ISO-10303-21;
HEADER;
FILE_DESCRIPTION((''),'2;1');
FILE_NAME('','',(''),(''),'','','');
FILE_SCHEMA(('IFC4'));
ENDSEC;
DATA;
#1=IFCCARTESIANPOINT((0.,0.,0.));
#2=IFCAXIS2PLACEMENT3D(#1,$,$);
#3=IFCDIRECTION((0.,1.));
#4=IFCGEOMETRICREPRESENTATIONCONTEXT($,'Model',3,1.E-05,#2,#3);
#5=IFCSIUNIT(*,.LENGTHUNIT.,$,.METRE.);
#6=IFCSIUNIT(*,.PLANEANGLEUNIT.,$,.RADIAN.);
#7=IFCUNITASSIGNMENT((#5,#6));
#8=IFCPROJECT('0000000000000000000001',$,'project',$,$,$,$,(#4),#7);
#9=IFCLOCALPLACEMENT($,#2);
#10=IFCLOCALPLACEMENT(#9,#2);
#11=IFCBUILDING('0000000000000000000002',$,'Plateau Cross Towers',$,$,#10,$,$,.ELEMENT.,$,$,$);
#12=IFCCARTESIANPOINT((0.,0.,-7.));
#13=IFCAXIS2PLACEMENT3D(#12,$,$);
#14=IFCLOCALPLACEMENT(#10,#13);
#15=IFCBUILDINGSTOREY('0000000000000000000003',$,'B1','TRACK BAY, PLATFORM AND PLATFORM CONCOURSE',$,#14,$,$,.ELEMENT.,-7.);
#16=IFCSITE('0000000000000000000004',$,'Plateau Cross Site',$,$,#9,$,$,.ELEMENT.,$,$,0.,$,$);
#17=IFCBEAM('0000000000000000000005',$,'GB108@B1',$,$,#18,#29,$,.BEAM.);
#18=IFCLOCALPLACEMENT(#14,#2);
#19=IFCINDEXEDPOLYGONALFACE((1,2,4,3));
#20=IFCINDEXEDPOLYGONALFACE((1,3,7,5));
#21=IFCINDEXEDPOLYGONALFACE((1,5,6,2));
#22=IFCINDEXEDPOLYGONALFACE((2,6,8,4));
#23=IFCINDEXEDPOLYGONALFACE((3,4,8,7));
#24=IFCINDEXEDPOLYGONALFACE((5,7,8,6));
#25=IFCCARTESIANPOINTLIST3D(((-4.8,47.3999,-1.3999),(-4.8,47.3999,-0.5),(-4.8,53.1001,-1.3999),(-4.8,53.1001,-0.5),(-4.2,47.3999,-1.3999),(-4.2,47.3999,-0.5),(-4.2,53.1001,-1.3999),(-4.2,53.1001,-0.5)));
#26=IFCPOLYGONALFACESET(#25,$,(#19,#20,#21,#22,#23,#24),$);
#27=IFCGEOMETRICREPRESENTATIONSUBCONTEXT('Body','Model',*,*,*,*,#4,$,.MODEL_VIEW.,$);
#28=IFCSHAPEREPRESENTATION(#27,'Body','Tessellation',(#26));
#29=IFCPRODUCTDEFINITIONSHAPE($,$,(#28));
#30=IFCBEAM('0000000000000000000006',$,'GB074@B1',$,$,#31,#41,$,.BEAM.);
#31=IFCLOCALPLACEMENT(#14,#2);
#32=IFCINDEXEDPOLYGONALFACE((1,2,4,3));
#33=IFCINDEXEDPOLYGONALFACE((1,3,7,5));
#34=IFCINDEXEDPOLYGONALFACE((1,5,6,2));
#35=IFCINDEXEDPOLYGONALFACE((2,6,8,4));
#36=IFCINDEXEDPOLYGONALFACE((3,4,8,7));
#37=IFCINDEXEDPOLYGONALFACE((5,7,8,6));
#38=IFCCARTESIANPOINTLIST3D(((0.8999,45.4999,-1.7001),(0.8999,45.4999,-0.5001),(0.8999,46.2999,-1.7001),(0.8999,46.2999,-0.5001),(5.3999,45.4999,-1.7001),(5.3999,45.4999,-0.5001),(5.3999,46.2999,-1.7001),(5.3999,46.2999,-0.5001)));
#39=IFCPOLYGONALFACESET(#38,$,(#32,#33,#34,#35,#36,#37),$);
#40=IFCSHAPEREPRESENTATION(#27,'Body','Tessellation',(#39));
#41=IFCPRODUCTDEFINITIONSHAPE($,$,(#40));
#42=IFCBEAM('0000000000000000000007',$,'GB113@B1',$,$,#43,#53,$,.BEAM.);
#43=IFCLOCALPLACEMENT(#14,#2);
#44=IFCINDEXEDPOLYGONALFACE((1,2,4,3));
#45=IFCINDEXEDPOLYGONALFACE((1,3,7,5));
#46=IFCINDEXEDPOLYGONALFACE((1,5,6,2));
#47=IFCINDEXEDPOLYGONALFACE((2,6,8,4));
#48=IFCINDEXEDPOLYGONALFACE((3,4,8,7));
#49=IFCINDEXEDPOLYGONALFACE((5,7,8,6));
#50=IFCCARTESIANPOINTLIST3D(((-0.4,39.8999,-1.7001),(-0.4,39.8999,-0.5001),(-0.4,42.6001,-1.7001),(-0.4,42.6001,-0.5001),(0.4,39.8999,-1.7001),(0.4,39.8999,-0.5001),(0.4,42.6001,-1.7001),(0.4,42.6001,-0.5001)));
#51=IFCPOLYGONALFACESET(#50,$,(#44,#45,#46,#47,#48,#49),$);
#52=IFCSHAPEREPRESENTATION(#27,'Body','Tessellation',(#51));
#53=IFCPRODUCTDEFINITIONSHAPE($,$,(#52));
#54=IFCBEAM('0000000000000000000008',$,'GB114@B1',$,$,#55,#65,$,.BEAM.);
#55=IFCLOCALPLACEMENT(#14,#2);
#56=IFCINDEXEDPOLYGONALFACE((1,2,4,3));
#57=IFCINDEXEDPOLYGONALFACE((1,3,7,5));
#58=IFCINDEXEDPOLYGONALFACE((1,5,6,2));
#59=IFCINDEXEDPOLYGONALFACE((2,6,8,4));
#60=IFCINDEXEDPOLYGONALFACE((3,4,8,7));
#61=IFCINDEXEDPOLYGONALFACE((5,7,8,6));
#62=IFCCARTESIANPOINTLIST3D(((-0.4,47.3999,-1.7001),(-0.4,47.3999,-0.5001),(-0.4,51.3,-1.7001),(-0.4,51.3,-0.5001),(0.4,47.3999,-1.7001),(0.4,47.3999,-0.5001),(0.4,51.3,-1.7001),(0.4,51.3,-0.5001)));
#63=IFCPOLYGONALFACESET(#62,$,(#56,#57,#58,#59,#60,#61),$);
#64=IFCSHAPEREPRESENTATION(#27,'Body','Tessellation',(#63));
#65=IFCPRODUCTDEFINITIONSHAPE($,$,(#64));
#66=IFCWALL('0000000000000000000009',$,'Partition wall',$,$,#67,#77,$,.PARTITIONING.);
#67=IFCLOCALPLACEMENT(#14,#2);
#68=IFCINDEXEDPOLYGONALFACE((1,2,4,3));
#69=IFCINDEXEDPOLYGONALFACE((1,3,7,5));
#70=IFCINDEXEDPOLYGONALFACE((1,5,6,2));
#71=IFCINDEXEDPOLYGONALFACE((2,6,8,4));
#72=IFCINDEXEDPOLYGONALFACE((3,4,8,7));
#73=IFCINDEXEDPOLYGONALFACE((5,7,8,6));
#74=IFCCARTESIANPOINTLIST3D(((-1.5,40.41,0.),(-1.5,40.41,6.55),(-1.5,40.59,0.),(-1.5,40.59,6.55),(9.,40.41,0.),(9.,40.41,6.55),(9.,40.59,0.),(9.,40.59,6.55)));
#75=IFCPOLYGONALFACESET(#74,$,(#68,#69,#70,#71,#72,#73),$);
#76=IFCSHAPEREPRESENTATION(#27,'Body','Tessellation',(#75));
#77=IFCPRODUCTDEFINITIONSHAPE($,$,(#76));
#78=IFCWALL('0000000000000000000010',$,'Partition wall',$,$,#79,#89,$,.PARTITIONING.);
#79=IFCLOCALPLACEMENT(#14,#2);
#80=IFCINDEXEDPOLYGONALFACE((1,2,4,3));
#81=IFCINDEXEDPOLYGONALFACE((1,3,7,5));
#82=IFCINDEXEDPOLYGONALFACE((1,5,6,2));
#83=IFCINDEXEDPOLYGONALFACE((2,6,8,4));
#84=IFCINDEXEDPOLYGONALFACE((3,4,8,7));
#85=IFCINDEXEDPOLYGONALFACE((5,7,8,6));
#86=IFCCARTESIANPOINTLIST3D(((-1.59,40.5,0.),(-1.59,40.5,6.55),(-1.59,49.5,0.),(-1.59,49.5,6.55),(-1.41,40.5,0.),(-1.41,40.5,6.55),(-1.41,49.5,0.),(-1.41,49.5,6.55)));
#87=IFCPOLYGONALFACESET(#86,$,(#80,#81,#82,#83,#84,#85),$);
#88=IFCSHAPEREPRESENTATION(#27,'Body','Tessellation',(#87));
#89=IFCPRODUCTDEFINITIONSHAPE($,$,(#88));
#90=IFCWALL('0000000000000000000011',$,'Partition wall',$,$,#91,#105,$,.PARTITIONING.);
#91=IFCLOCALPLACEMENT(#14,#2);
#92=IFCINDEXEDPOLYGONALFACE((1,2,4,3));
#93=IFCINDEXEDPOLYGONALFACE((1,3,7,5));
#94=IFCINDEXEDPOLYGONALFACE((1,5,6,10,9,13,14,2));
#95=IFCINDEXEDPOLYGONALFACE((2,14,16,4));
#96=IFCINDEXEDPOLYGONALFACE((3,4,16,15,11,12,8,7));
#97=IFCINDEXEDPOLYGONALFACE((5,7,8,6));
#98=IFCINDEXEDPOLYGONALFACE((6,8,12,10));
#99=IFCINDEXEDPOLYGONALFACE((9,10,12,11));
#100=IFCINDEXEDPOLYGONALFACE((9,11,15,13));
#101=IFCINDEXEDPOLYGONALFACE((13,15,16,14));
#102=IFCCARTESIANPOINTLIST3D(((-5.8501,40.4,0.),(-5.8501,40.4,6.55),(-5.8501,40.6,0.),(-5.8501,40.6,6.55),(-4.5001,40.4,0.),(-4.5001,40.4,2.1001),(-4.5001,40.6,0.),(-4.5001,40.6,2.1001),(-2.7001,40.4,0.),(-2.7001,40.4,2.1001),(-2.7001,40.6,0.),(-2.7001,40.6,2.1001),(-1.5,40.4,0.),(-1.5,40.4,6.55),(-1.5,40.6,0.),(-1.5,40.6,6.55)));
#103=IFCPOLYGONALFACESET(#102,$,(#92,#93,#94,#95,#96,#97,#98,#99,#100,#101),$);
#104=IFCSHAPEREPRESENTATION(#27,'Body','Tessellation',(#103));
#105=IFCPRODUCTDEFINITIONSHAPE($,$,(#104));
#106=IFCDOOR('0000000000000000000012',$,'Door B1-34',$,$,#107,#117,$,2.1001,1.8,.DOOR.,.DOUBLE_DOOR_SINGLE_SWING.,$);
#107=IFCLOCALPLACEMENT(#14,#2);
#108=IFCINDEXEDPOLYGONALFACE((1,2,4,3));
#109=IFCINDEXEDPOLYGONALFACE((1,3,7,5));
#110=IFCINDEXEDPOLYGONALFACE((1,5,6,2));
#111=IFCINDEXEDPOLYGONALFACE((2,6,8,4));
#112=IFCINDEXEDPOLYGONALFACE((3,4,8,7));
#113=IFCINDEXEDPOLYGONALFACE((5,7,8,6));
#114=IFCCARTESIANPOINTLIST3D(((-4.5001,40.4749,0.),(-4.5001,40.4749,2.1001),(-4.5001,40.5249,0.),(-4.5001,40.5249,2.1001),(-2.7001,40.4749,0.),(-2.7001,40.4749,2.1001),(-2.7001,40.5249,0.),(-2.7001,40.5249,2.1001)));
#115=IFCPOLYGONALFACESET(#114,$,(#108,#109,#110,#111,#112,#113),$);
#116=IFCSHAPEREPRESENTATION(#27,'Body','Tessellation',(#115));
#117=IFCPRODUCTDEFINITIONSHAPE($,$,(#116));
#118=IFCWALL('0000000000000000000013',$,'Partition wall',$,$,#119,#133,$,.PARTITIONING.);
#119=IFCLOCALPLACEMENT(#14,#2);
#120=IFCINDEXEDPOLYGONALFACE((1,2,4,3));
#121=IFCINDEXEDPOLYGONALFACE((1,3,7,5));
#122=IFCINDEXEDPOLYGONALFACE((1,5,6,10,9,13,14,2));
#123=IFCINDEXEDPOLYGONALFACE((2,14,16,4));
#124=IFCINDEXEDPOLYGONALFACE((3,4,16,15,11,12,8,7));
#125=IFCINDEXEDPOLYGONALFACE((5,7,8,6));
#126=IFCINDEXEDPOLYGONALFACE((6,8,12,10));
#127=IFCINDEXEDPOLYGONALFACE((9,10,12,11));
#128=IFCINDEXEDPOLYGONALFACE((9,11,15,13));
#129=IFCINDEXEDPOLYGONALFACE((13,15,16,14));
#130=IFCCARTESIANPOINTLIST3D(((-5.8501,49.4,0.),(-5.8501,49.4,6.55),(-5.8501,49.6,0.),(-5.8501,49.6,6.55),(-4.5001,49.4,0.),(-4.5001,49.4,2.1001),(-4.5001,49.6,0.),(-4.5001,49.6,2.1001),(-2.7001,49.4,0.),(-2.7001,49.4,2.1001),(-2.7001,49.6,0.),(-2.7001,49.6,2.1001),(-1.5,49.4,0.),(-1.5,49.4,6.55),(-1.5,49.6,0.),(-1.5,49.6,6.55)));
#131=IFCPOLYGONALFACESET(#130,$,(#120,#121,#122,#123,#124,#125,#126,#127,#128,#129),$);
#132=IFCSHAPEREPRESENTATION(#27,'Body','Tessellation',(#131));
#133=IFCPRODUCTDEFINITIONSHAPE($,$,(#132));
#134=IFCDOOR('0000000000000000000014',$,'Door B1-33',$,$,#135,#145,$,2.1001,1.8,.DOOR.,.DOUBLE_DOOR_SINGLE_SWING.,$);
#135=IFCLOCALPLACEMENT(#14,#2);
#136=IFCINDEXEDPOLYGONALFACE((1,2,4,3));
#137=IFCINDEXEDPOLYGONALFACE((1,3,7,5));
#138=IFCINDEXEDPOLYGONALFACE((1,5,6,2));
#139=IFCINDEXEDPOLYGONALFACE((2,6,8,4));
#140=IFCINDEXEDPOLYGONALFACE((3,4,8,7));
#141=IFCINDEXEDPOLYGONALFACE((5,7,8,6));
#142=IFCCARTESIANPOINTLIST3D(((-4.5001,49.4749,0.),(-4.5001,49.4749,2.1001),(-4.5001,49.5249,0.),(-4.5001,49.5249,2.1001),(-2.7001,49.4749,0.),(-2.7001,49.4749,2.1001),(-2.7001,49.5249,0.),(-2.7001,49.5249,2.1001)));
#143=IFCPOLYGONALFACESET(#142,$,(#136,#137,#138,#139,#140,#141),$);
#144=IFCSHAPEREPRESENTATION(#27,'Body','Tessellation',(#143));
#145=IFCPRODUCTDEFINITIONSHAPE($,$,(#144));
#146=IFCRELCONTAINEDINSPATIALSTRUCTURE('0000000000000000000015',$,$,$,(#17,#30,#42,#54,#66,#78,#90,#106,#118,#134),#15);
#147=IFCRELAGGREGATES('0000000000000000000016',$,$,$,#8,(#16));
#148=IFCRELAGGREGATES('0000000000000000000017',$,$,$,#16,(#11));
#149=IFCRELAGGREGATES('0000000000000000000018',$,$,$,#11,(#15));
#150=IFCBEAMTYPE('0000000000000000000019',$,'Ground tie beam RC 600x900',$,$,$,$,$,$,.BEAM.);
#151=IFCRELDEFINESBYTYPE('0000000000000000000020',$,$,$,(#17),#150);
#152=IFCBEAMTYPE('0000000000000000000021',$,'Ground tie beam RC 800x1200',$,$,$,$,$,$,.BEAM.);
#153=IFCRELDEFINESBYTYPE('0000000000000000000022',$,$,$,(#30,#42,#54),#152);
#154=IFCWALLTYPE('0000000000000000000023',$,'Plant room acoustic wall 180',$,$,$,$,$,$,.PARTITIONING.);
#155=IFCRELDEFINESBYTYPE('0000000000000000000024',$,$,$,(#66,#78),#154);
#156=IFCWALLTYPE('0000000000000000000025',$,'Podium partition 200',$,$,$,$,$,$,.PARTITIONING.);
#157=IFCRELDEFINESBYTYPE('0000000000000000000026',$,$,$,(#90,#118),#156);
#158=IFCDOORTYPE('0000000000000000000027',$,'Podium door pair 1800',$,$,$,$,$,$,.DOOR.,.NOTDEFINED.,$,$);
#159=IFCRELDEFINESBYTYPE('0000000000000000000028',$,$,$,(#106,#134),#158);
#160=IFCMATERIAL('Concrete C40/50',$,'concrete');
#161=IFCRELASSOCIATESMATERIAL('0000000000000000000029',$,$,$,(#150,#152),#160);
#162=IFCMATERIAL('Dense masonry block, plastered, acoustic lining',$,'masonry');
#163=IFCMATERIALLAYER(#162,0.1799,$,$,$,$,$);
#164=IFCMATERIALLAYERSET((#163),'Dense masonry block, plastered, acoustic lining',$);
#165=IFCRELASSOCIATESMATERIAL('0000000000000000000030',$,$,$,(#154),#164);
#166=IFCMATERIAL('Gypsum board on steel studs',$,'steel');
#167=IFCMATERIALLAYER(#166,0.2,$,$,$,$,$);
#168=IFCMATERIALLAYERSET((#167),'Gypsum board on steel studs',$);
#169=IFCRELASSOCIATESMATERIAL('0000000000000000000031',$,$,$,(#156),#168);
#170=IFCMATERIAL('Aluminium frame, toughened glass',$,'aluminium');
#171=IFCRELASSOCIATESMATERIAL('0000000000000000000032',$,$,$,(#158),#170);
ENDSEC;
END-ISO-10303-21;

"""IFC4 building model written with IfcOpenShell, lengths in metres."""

from ifc_helpers import new_model, si_unit, direction, frame, frame_2d, origin, origin_2d, place, context, subcontext, project, spatial, rectangle, extrude, material, layer, layer_set, material_profile, profile_set, type_object, element, fill, save


model = new_model("IFC4")

# Units and contexts
model_context = context("Model", 3, precision=1e-05, world=origin(), true_north=direction((0.0, 1.0)))
body_context = subcontext(model_context, "Body", "Model", "MODEL_VIEW")
ifc_project = project(units=[si_unit("LENGTHUNIT", "METRE"), si_unit("PLANEANGLEUNIT", "RADIAN")], contexts=[model_context])

# Site, building, storey
site_placement = place(None, origin())
site = spatial("IfcSite", under=ifc_project, at=site_placement, Name="Plateau Cross Site", CompositionType="ELEMENT", RefElevation=0.0)
building_placement = place(site_placement, origin())
building = spatial("IfcBuilding", under=site, at=building_placement, Name="Plateau Cross Towers", CompositionType="ELEMENT")
storey_placement = place(building_placement, frame((0.0, 0.0, -7.0)))
storey = spatial("IfcBuildingStorey", under=building, at=storey_placement, Name="B1", Description="TRACK BAY, PLATFORM AND PLATFORM CONCOURSE", CompositionType="ELEMENT", Elevation=-7.0)

# Shared definitions
ifc_material_1 = material(Name="Concrete C40/50", Category="concrete")

# Beams
ifc_material_profile_1 = material_profile(ifc_material_1, rectangle(XDim=0.6001, YDim=0.8999, at=origin_2d()), Name="RC 600x900")
ifc_profile_set_1 = profile_set([ifc_material_profile_1], Name="Concrete C40/50")
beam_type_1 = type_object("IfcBeamType", Name="Ground tie beam RC 600x900", PredefinedType="BEAM", material=ifc_profile_set_1)
beam_1_placement = place(storey_placement, frame((-4.5, 47.3999, -0.95), z_axis=(0.0, 1.0, 0.0), x_axis=(-1.0, 0.0, 0.0)))
element("IfcBeam", 1, at=beam_1_placement, inside=storey, type_object=beam_type_1, Name="GB108@B1", PredefinedType="BEAM", context=body_context, shape_type="SweptSolid", body=[
    extrude(rectangle(XDim=0.6001, YDim=0.8999, at=origin_2d()), origin(), (0.0, 0.0, 1.0), 5.7002),
])
ifc_material_profile_2 = material_profile(ifc_material_1, rectangle(XDim=0.8, YDim=1.2, at=origin_2d()), Name="RC 800x1200")
ifc_profile_set_2 = profile_set([ifc_material_profile_2], Name="Concrete C40/50")
beam_type_2 = type_object("IfcBeamType", Name="Ground tie beam RC 800x1200", PredefinedType="BEAM", material=ifc_profile_set_2)
beam_2_placement = place(storey_placement, frame((0.8999, 45.8999, -1.1001), z_axis=(1.0, 0.0, 0.0), x_axis=(0.0, 1.0, 0.0)))
element("IfcBeam", 2, at=beam_2_placement, inside=storey, type_object=beam_type_2, Name="GB074@B1", PredefinedType="BEAM", context=body_context, shape_type="SweptSolid", body=[
    extrude(rectangle(XDim=0.8, YDim=1.2, at=origin_2d()), origin(), (0.0, 0.0, 1.0), 4.5),
])
beam_3_placement = place(storey_placement, frame((0.0, 39.8999, -1.1001), z_axis=(0.0, 1.0, 0.0), x_axis=(-1.0, 0.0, 0.0)))
element("IfcBeam", 3, at=beam_3_placement, inside=storey, type_object=beam_type_2, Name="GB113@B1", PredefinedType="BEAM", context=body_context, shape_type="SweptSolid", body=[
    extrude(rectangle(XDim=0.8, YDim=1.2, at=origin_2d()), origin(), (0.0, 0.0, 1.0), 2.7002),
])
beam_4_placement = place(storey_placement, frame((0.0, 47.3999, -1.1001), z_axis=(0.0, 1.0, 0.0), x_axis=(-1.0, 0.0, 0.0)))
element("IfcBeam", 4, at=beam_4_placement, inside=storey, type_object=beam_type_2, Name="GB114@B1", PredefinedType="BEAM", context=body_context, shape_type="SweptSolid", body=[
    extrude(rectangle(XDim=0.8, YDim=1.2, at=origin_2d()), origin(), (0.0, 0.0, 1.0), 3.9001),
])

# Walls
ifc_material_2 = material(Name="Dense masonry block, plastered, acoustic lining", Category="masonry")
ifc_layer_1 = layer(ifc_material_2, 0.1799)
ifc_layer_set_1 = layer_set([ifc_layer_1], Name="Dense masonry block, plastered, acoustic lining")
wall_type_1 = type_object("IfcWallType", Name="Plant room acoustic wall 180", PredefinedType="PARTITIONING", material=ifc_layer_set_1)
wall_1_placement = place(storey_placement, frame((-1.5, 40.5, 0.0), z_axis=(0.0, 0.0, 1.0), x_axis=(1.0, 0.0, 0.0)))
element("IfcWall", 5, at=wall_1_placement, inside=storey, type_object=wall_type_1, Name="Partition wall", PredefinedType="PARTITIONING", context=body_context, shape_type="SweptSolid", body=[
    extrude(rectangle(XDim=10.5, YDim=0.1799, at=frame_2d((5.25, 0.0))), origin(), (0.0, 0.0, 1.0), 6.55),
])
wall_2_placement = place(storey_placement, frame((-1.5, 49.5, 0.0), z_axis=(0.0, 0.0, 1.0), x_axis=(0.0, -1.0, 0.0)))
element("IfcWall", 6, at=wall_2_placement, inside=storey, type_object=wall_type_1, Name="Partition wall", PredefinedType="PARTITIONING", context=body_context, shape_type="SweptSolid", body=[
    extrude(rectangle(XDim=9.0, YDim=0.1799, at=frame_2d((4.5, 0.0))), origin(), (0.0, 0.0, 1.0), 6.55),
])

# Walls, openings, doors
ifc_material_3 = material(Name="Gypsum board on steel studs", Category="steel")
ifc_layer_2 = layer(ifc_material_3, 0.2)
ifc_layer_set_2 = layer_set([ifc_layer_2], Name="Gypsum board on steel studs")
wall_type_2 = type_object("IfcWallType", Name="Podium partition 200", PredefinedType="PARTITIONING", material=ifc_layer_set_2)
wall_3_placement = place(storey_placement, frame((-5.8501, 40.5, 0.0), z_axis=(0.0, 0.0, 1.0), x_axis=(1.0, 0.0, 0.0)))
wall_3 = element("IfcWall", 7, at=wall_3_placement, inside=storey, type_object=wall_type_2, Name="Partition wall", PredefinedType="PARTITIONING", context=body_context, shape_type="SweptSolid", body=[
    extrude(rectangle(XDim=4.3501, YDim=0.2, at=frame_2d((2.175, 0.0))), origin(), (0.0, 0.0, 1.0), 6.55),
])
opening_1_placement = place(wall_3_placement, frame((1.3501, 0.0, 0.0)))
opening_1 = element("IfcOpeningElement", 8, at=opening_1_placement, cuts=wall_3, PredefinedType="OPENING", context=body_context, shape_type="SweptSolid", body=[
    extrude(rectangle(XDim=1.8, YDim=2.1001, at=frame_2d((0.8999, 1.05))), frame((0.0, 0.1099, 0.0), z_axis=(0.0, -1.0, 0.0), x_axis=(1.0, 0.0, 0.0)), (0.0, 0.0, 1.0), 0.22),
])
ifc_material_4 = material(Name="Aluminium frame, toughened glass", Category="aluminium")
door_type = type_object("IfcDoorType", Name="Podium door pair 1800", OperationType="NOTDEFINED", PredefinedType="DOOR", material=ifc_material_4)
door_1_placement = place(opening_1_placement, origin())
door_1 = element("IfcDoor", 9, at=door_1_placement, inside=storey, type_object=door_type, Name="Door B1-34", OperationType="DOUBLE_DOOR_SINGLE_SWING", OverallHeight=2.1001, OverallWidth=1.8, PredefinedType="DOOR", context=body_context, shape_type="SweptSolid", body=[
    extrude(rectangle(XDim=1.8, YDim=2.1001, at=frame_2d((0.8999, 1.05))), frame((0.0, 0.0249, 0.0), z_axis=(0.0, -1.0, 0.0), x_axis=(1.0, 0.0, 0.0)), (0.0, 0.0, 1.0), 0.05),
])
fill(opening_1, door_1)
wall_4_placement = place(storey_placement, frame((-5.8501, 49.5, 0.0), z_axis=(0.0, 0.0, 1.0), x_axis=(1.0, 0.0, 0.0)))
wall_4 = element("IfcWall", 10, at=wall_4_placement, inside=storey, type_object=wall_type_2, Name="Partition wall", PredefinedType="PARTITIONING", context=body_context, shape_type="SweptSolid", body=[
    extrude(rectangle(XDim=4.3501, YDim=0.2, at=frame_2d((2.175, 0.0))), origin(), (0.0, 0.0, 1.0), 6.55),
])
opening_2_placement = place(wall_4_placement, frame((1.3501, 0.0, 0.0)))
opening_2 = element("IfcOpeningElement", 11, at=opening_2_placement, cuts=wall_4, PredefinedType="OPENING", context=body_context, shape_type="SweptSolid", body=[
    extrude(rectangle(XDim=1.8, YDim=2.1001, at=frame_2d((0.8999, 1.05))), frame((0.0, 0.1099, 0.0), z_axis=(0.0, -1.0, 0.0), x_axis=(1.0, 0.0, 0.0)), (0.0, 0.0, 1.0), 0.22),
])
door_2_placement = place(opening_2_placement, origin())
door_2 = element("IfcDoor", 12, at=door_2_placement, inside=storey, type_object=door_type, Name="Door B1-33", OperationType="DOUBLE_DOOR_SINGLE_SWING", OverallHeight=2.1001, OverallWidth=1.8, PredefinedType="DOOR", context=body_context, shape_type="SweptSolid", body=[
    extrude(rectangle(XDim=1.8, YDim=2.1001, at=frame_2d((0.8999, 1.05))), frame((0.0, 0.0249, 0.0), z_axis=(0.0, -1.0, 0.0), x_axis=(1.0, 0.0, 0.0)), (0.0, 0.0, 1.0), 0.05),
])
fill(opening_2, door_2)

save(model, "model.ifc")
